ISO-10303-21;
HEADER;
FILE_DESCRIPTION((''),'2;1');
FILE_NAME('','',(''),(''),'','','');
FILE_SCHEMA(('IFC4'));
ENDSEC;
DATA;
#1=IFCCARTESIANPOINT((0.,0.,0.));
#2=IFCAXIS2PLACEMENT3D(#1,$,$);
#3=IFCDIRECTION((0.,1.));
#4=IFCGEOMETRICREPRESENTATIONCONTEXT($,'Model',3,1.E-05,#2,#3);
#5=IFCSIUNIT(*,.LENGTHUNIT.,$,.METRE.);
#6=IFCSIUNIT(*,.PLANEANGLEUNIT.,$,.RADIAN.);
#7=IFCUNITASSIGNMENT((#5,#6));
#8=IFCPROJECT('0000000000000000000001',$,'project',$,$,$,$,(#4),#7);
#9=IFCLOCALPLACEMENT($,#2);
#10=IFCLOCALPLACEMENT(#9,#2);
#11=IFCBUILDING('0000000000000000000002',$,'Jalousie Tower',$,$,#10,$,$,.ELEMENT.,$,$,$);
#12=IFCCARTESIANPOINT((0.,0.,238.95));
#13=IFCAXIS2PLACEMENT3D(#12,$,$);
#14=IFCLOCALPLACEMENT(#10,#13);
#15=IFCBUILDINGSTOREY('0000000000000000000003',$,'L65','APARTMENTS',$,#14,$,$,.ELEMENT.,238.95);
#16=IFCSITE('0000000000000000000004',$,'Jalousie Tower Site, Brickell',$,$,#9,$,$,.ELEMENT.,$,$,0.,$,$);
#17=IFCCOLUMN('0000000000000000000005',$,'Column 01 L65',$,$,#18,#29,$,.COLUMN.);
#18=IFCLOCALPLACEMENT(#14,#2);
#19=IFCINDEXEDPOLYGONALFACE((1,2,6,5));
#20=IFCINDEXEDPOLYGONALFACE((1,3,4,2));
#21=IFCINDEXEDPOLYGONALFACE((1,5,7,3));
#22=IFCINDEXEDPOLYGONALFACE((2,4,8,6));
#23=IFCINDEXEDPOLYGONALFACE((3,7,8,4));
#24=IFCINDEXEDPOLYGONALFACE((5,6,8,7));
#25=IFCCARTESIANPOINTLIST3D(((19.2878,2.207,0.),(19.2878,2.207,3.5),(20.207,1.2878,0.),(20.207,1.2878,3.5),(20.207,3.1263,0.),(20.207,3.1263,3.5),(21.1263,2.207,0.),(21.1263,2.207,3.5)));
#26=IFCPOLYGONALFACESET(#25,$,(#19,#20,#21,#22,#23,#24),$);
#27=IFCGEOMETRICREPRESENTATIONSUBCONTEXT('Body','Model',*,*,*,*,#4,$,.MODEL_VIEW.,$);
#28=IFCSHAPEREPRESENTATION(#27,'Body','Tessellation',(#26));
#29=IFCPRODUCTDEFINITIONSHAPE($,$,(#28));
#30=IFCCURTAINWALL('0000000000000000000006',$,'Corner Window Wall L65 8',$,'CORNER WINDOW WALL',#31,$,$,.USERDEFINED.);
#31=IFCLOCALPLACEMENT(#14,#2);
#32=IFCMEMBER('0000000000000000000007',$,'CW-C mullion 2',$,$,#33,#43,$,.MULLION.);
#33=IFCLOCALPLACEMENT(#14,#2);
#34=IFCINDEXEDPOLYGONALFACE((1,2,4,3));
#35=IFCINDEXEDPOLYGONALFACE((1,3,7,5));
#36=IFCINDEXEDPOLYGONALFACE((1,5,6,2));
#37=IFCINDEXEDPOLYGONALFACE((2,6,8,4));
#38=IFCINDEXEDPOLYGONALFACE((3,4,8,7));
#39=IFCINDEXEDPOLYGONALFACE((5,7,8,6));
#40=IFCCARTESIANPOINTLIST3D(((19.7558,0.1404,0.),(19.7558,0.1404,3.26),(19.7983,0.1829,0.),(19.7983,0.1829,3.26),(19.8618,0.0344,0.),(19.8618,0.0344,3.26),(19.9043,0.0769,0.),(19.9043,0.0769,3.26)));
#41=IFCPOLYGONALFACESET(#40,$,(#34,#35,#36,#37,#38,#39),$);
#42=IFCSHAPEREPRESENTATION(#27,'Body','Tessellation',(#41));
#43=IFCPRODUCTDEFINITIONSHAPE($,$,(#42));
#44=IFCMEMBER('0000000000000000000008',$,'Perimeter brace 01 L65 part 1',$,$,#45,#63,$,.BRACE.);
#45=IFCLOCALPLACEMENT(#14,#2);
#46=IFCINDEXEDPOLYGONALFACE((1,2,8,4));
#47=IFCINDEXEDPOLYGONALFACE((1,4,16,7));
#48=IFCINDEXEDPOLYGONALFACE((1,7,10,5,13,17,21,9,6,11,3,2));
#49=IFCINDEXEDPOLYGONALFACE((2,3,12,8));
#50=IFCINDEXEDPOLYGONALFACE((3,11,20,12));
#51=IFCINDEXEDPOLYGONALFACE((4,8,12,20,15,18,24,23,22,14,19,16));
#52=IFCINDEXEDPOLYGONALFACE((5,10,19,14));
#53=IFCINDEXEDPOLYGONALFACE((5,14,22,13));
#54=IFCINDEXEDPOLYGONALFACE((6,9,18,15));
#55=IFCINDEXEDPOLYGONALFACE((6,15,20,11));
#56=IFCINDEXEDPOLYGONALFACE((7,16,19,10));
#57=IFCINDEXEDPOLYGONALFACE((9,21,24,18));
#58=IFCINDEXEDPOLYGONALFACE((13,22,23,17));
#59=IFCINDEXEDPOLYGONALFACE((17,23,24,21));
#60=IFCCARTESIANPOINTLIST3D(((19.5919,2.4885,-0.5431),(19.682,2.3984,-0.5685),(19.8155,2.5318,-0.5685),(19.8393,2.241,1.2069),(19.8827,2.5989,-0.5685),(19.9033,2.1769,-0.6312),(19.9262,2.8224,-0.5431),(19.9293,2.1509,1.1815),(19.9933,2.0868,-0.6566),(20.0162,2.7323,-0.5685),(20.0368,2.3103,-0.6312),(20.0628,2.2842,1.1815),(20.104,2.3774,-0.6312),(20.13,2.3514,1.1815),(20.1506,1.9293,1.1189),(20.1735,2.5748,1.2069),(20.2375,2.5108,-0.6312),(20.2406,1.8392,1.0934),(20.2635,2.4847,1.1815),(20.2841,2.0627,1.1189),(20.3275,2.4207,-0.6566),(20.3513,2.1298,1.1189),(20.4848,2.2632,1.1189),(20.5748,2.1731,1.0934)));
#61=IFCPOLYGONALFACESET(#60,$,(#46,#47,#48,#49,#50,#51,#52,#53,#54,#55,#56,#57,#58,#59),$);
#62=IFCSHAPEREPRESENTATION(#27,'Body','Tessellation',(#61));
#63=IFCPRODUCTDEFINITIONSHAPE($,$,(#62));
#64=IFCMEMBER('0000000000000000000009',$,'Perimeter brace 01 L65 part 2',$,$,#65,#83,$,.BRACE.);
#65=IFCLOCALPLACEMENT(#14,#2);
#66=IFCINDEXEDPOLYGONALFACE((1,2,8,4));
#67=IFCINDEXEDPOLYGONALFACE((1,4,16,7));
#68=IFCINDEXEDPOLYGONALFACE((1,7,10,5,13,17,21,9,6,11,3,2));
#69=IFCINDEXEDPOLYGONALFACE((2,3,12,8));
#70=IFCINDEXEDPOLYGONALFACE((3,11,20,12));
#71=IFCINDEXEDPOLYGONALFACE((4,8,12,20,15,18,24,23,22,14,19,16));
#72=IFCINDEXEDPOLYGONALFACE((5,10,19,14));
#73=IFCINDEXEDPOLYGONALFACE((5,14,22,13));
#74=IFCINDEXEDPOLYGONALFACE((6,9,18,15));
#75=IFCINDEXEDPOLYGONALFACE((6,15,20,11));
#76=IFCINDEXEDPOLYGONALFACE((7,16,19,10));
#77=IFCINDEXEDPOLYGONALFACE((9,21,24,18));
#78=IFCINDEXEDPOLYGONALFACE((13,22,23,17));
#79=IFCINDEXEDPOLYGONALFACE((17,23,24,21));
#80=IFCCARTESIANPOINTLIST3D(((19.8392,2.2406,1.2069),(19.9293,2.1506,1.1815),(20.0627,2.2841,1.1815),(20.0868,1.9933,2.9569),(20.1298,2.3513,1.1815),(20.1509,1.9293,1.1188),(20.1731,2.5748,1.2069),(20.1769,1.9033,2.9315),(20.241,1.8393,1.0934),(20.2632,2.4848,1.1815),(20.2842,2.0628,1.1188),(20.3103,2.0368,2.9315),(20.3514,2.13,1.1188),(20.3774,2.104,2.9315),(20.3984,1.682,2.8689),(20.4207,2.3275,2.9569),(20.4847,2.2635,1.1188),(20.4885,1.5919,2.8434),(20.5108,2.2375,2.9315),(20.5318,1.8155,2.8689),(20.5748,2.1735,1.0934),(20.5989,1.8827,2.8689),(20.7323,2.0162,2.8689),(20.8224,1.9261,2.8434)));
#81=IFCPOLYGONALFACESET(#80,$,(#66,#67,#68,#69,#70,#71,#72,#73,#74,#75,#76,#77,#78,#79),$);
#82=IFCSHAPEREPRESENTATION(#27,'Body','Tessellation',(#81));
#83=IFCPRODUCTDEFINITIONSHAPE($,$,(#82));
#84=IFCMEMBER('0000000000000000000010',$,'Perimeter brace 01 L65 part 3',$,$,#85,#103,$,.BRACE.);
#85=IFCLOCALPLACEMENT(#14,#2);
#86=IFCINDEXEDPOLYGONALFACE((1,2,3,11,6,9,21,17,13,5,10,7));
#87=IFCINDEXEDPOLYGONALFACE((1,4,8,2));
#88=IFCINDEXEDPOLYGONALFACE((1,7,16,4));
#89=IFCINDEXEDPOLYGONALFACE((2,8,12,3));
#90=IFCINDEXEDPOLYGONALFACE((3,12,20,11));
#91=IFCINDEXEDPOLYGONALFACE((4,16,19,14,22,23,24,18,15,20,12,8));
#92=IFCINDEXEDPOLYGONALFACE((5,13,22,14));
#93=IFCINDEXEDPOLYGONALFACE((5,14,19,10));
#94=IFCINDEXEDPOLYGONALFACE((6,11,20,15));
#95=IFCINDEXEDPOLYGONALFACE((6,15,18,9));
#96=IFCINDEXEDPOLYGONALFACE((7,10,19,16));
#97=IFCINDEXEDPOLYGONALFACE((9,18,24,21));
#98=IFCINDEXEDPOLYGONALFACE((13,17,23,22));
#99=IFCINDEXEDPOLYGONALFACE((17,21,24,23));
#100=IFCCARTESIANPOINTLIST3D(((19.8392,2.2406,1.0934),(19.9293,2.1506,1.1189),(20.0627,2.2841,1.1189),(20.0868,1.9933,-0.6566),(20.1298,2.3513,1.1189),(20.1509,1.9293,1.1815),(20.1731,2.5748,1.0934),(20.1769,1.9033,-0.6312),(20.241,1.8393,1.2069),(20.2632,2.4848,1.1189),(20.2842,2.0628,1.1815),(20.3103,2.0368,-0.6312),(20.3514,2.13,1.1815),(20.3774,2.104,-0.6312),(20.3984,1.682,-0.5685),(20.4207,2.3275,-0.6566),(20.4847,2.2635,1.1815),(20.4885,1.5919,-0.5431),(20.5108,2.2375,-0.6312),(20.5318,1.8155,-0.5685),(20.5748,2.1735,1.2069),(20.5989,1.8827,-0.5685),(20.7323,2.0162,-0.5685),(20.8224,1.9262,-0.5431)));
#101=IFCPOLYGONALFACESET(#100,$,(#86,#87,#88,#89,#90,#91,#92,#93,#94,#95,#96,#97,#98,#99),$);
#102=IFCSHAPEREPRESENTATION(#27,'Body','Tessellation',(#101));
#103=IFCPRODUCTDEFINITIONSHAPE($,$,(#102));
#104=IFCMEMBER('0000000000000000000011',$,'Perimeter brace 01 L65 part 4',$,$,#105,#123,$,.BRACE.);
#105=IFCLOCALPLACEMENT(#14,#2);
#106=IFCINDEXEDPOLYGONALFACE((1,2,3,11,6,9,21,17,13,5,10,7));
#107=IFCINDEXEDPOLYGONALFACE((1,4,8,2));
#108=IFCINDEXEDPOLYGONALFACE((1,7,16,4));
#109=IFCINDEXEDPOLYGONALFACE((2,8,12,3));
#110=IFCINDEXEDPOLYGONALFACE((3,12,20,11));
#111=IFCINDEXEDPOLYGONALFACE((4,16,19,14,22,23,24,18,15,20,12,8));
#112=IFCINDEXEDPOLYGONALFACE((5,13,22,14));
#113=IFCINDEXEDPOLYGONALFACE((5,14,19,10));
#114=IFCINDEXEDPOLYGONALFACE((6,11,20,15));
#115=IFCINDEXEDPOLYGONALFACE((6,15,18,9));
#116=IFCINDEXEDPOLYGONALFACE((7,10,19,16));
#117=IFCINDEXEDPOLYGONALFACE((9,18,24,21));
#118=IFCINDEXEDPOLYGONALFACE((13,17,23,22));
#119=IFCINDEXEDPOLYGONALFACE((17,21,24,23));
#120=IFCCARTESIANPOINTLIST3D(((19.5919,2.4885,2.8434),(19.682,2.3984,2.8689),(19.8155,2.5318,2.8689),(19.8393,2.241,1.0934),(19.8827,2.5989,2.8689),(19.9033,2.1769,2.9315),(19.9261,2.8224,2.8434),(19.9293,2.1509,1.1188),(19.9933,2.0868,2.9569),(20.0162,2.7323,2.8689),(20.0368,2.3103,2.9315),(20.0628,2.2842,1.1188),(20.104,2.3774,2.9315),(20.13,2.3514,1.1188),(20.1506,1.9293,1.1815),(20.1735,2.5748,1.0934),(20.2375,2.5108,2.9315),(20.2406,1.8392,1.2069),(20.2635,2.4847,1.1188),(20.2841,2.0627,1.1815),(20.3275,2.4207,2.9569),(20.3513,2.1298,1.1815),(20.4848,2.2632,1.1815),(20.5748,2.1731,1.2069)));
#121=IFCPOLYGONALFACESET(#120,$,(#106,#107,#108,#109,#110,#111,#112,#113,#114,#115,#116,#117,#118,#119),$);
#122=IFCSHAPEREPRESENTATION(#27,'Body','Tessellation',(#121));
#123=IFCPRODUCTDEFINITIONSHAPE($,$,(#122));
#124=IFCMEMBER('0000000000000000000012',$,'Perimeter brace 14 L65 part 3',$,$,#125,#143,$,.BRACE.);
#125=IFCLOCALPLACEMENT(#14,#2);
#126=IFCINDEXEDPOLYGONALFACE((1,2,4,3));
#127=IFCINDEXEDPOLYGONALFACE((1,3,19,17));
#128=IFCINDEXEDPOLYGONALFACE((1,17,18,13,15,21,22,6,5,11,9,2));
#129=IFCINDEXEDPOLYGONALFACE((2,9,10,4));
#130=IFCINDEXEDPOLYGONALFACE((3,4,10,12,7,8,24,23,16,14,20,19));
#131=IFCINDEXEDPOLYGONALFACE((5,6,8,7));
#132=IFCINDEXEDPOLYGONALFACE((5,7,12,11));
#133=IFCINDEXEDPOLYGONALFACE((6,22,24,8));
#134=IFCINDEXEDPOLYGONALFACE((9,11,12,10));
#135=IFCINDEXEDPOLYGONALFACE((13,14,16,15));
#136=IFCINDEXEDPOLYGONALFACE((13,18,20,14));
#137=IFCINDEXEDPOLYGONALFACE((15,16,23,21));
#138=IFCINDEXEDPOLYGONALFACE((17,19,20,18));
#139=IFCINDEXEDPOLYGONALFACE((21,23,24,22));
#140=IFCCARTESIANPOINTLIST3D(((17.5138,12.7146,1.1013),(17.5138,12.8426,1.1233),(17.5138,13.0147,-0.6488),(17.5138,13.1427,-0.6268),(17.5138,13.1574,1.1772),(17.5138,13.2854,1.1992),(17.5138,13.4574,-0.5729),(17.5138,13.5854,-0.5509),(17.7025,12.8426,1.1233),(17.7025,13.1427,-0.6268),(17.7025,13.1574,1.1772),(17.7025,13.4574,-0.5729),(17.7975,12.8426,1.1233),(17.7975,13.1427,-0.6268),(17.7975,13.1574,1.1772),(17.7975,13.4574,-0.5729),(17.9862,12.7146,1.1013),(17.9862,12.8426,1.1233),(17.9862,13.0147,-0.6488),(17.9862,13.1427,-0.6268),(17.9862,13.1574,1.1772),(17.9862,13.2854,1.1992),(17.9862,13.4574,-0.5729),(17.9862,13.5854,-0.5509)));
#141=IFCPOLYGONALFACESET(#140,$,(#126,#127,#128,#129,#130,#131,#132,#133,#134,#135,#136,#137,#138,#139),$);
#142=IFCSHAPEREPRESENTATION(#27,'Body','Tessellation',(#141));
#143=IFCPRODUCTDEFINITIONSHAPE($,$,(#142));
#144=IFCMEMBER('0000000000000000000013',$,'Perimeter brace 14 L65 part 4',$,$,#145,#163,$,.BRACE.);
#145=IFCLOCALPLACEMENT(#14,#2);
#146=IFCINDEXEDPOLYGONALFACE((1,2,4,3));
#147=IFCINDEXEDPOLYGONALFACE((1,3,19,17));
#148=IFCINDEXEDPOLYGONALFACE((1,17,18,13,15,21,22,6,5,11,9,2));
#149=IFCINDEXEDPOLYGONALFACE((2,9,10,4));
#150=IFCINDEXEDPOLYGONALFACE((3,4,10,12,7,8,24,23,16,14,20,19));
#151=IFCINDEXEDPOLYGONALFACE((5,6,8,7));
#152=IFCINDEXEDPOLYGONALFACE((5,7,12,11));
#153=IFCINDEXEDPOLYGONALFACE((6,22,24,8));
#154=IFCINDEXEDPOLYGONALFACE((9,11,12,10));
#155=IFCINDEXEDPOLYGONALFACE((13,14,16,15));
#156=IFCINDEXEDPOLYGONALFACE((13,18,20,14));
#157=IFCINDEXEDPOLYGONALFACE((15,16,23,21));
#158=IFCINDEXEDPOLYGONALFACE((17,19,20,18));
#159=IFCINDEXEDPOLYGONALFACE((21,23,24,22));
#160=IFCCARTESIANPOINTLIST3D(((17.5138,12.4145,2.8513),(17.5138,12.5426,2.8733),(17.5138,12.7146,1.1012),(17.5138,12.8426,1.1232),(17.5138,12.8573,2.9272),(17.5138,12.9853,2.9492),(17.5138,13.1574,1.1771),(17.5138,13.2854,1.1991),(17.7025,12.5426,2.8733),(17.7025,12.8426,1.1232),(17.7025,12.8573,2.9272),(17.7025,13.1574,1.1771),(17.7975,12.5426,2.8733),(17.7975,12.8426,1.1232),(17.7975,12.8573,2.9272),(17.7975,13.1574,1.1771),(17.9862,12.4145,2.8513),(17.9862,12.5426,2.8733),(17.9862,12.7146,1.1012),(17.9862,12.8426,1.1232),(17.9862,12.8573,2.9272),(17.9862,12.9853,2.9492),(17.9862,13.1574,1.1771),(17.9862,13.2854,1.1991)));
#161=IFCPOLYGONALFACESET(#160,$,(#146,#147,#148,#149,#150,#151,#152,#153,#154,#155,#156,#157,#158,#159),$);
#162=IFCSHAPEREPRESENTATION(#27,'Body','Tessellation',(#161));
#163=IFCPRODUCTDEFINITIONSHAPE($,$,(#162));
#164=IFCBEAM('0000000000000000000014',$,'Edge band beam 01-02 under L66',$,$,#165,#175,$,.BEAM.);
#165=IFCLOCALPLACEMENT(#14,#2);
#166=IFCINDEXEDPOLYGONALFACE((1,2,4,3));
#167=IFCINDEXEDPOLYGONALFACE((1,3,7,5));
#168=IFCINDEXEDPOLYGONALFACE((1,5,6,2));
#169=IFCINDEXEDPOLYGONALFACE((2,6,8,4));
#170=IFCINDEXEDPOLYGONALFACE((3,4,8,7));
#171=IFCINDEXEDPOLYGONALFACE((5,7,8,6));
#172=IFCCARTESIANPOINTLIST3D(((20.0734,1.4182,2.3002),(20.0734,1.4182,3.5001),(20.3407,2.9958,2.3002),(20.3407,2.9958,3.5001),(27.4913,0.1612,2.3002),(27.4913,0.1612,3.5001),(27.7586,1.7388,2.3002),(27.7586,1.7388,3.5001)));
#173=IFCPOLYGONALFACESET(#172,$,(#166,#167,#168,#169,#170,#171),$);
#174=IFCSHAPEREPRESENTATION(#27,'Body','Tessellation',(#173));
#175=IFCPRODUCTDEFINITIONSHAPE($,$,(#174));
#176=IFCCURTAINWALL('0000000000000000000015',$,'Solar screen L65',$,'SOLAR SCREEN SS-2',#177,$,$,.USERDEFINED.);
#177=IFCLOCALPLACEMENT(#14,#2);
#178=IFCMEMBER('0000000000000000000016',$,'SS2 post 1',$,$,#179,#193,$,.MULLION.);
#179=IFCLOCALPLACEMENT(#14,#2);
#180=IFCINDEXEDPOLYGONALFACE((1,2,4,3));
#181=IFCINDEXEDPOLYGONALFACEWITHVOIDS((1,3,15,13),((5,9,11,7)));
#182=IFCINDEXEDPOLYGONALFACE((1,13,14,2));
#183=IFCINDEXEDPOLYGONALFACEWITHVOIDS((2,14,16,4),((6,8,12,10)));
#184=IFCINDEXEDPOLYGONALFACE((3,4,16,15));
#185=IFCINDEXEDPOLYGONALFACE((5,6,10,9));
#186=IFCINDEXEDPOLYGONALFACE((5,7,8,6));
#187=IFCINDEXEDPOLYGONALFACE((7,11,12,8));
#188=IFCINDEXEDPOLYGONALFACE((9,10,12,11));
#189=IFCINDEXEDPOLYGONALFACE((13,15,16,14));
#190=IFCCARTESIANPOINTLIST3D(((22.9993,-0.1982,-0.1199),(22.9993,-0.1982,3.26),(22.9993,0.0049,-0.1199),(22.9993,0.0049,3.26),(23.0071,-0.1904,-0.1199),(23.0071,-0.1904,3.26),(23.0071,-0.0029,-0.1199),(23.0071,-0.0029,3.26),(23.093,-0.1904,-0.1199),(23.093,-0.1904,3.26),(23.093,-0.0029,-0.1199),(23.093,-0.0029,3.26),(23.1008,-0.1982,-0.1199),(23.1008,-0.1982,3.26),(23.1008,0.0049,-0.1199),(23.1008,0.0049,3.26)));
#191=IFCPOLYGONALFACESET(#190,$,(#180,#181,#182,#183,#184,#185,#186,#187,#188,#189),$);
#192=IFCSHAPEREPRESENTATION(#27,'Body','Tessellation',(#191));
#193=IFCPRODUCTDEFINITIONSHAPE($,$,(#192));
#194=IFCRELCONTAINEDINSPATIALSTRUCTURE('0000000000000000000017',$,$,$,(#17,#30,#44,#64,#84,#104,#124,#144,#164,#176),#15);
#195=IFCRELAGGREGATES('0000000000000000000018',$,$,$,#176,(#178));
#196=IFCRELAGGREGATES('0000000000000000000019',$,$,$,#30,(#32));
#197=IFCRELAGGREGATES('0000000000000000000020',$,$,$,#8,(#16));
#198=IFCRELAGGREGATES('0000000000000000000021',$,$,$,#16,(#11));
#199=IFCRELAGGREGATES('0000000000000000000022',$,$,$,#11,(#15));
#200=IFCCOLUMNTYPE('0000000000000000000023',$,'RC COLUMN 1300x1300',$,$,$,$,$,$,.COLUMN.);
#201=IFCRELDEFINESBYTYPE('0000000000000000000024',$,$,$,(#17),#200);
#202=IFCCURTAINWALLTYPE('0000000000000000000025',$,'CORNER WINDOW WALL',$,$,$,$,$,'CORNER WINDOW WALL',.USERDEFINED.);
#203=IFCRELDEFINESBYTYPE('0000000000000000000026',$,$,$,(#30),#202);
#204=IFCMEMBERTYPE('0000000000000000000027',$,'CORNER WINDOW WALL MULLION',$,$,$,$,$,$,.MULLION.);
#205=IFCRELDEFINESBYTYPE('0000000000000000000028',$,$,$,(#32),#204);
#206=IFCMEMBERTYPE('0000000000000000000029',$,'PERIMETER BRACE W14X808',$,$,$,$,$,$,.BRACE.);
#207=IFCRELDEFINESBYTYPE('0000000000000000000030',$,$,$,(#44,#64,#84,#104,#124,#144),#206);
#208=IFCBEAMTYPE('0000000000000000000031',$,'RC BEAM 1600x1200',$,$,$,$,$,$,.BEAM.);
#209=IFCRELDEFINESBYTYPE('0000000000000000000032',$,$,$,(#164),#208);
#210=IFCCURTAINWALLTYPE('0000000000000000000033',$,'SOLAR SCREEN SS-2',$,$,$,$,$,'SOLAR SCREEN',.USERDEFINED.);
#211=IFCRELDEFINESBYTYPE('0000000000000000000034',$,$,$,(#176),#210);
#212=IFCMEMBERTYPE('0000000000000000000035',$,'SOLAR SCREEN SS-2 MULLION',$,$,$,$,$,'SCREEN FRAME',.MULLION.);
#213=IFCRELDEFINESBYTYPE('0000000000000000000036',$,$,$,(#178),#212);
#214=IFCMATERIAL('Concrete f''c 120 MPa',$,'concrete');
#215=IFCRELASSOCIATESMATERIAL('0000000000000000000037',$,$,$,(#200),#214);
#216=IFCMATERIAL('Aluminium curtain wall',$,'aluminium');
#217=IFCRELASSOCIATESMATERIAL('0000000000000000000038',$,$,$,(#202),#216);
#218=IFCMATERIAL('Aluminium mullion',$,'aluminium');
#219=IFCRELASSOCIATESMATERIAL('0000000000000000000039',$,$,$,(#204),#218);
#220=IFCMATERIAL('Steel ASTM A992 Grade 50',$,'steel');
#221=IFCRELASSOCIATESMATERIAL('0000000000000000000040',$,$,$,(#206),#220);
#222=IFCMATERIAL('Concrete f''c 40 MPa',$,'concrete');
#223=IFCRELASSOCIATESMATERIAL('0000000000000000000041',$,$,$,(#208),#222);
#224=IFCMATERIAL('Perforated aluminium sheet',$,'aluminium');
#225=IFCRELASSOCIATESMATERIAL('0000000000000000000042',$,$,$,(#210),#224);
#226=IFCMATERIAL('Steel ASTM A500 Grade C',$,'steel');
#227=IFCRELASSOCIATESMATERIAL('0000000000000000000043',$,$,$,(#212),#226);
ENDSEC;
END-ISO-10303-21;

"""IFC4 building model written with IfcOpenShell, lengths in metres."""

from ifc_helpers import new_model, si_unit, direction, frame, origin, origin_2d, place, context, subcontext, project, spatial, rectangle, hollow_rectangle, i_section, extrude, material, material_profile, profile_set, type_object, element, aggregate, save


model = new_model("IFC4")

# Units and contexts
model_context = context("Model", 3, precision=1e-05, world=origin(), true_north=direction((0.0, 1.0)))
body_context = subcontext(model_context, "Body", "Model", "MODEL_VIEW")
ifc_project = project(units=[si_unit("LENGTHUNIT", "METRE"), si_unit("PLANEANGLEUNIT", "RADIAN")], contexts=[model_context])

# Site, building, storey
site_placement = place(None, origin())
site = spatial("IfcSite", under=ifc_project, at=site_placement, Name="Jalousie Tower Site, Brickell", CompositionType="ELEMENT", RefElevation=0.0)
building_placement = place(site_placement, origin())
building = spatial("IfcBuilding", under=site, at=building_placement, Name="Jalousie Tower", CompositionType="ELEMENT")
storey_placement = place(building_placement, frame((0.0, 0.0, 238.95)))
storey = spatial("IfcBuildingStorey", under=building, at=storey_placement, Name="L65", Description="APARTMENTS", CompositionType="ELEMENT", Elevation=238.95)

# Column
ifc_material_1 = material(Name="Concrete f'c 120 MPa", Category="concrete")
ifc_material_profile_1 = material_profile(ifc_material_1, rectangle(XDim=1.3, YDim=1.3, at=origin_2d()), Name="RC 1300x1300")
ifc_profile_set_1 = profile_set([ifc_material_profile_1], Name="Concrete f'c 120 MPa")
column_type = type_object("IfcColumnType", Name="RC COLUMN 1300x1300", PredefinedType="COLUMN", material=ifc_profile_set_1)
column_placement = place(storey_placement, frame((20.207, 2.207, 0.0), z_axis=(0.0, 0.0, 1.0), x_axis=(0.707107, 0.707107, 0.0)))
element("IfcColumn", 1, at=column_placement, inside=storey, type_object=column_type, Name="Column 01 L65", PredefinedType="COLUMN", context=body_context, shape_type="SweptSolid", body=[
    extrude(rectangle(XDim=1.3, YDim=1.3, at=origin_2d()), origin(), (0.0, 0.0, 1.0), 3.5),
])

# Curtain wall, member
ifc_material_2 = material(Name="Aluminium curtain wall", Category="aluminium")
curtain_wall_type_1 = type_object("IfcCurtainWallType", Name="CORNER WINDOW WALL", ElementType="CORNER WINDOW WALL", PredefinedType="USERDEFINED", material=ifc_material_2)
curtain_wall_1_placement = place(storey_placement, origin())
curtain_wall_1 = element("IfcCurtainWall", 2, at=curtain_wall_1_placement, inside=storey, type_object=curtain_wall_type_1, Name="Corner Window Wall L65 8", ObjectType="CORNER WINDOW WALL", PredefinedType="USERDEFINED")
ifc_material_3 = material(Name="Aluminium mullion", Category="aluminium")
ifc_material_profile_2 = material_profile(ifc_material_3, rectangle(XDim=0.0601, YDim=0.1499, at=origin_2d()), Name="MULLION 60x150")
ifc_profile_set_2 = profile_set([ifc_material_profile_2], Name="Aluminium mullion")
member_type_1 = type_object("IfcMemberType", Name="CORNER WINDOW WALL MULLION", PredefinedType="MULLION", material=ifc_profile_set_2)
member_1_placement = place(storey_placement, frame((19.8301, 0.1086, 0.0), z_axis=(0.0, 0.0, 1.0), x_axis=(0.707107, 0.707107, 0.0)))
member_1 = element("IfcMember", 3, at=member_1_placement, type_object=member_type_1, Name="CW-C mullion 2", PredefinedType="MULLION", context=body_context, shape_type="SweptSolid", body=[
    extrude(rectangle(XDim=0.0601, YDim=0.1499, at=origin_2d()), origin(), (0.0, 0.0, 1.0), 3.26),
])

# Members
ifc_material_4 = material(Name="Steel ASTM A992 Grade 50", Category="steel")
ifc_material_profile_3 = material_profile(ifc_material_4, i_section(OverallWidth=0.4724, OverallDepth=0.5791, WebThickness=0.095, FlangeThickness=0.1299, at=origin_2d()), Name="W14X808")
ifc_profile_set_3 = profile_set([ifc_material_profile_3], Name="Steel ASTM A992 Grade 50")
member_type_2 = type_object("IfcMemberType", Name="PERIMETER BRACE W14X808", PredefinedType="BRACE", material=ifc_profile_set_3)
for number, where, z_axis, x_axis, name in (
    (4, (19.9597, 2.4546, -0.5999), (0.138579, -0.138716, 0.980588), (0.707456, 0.706758, 0.0), "Perimeter brace 01 L65 part 1"),
    (5, (20.207, 2.207, 1.1501), (0.138716, -0.138579, 0.980588), (0.706758, 0.707456, 0.0), "Perimeter brace 01 L65 part 2"),
    (6, (20.4546, 1.9597, -0.5999), (-0.138716, 0.138579, 0.980588), (-0.706758, -0.707456, 0.0), "Perimeter brace 01 L65 part 3"),
    (7, (20.207, 2.207, 1.1501), (-0.138579, 0.138716, 0.980588), (-0.707456, -0.706758, 0.0), "Perimeter brace 01 L65 part 4"),
):
    element("IfcMember", number, at=place(storey_placement, frame(where, z_axis=z_axis, x_axis=x_axis)), inside=storey, type_object=member_type_2, Name=name, PredefinedType="BRACE", context=body_context, shape_type="SweptSolid", body=[
        extrude(i_section(OverallWidth=0.4724, OverallDepth=0.5791, WebThickness=0.095, FlangeThickness=0.1299, at=origin_2d()), origin(), (0.0, 0.0, 1.0), 1.7847),
    ])
for number, where, z_axis, x_axis, name in (
    (8, (17.75, 13.3, -0.5999), (0.0, -0.168991, 0.985618), (1.0, 0.0, 0.0), "Perimeter brace 14 L65 part 3"),
    (9, (17.75, 13.0, 1.1501), (0.0, -0.168991, 0.985618), (1.0, 0.0, 0.0), "Perimeter brace 14 L65 part 4"),
):
    element("IfcMember", number, at=place(storey_placement, frame(where, z_axis=z_axis, x_axis=x_axis)), inside=storey, type_object=member_type_2, Name=name, PredefinedType="BRACE", context=body_context, shape_type="SweptSolid", body=[
        extrude(i_section(OverallWidth=0.4724, OverallDepth=0.5791, WebThickness=0.095, FlangeThickness=0.1299, at=origin_2d()), origin(), (0.0, 0.0, 1.0), 1.7756),
    ])

# Beam
ifc_material_5 = material(Name="Concrete f'c 40 MPa", Category="concrete")
ifc_material_profile_4 = material_profile(ifc_material_5, rectangle(XDim=1.6001, YDim=1.2, at=origin_2d()), Name="RC 1600x1200")
ifc_profile_set_4 = profile_set([ifc_material_profile_4], Name="Concrete f'c 40 MPa")
beam_type = type_object("IfcBeamType", Name="RC BEAM 1600x1200", PredefinedType="BEAM", material=ifc_profile_set_4)
beam_placement = place(storey_placement, frame((20.207, 2.207, 2.9001), z_axis=(0.985943, -0.167082, 0.0), x_axis=(0.167082, 0.985943, 0.0)))
element("IfcBeam", 10, at=beam_placement, inside=storey, type_object=beam_type, Name="Edge band beam 01-02 under L66", PredefinedType="BEAM", context=body_context, shape_type="SweptSolid", body=[
    extrude(rectangle(XDim=1.6001, YDim=1.2, at=origin_2d()), origin(), (0.0, 0.0, 1.0), 7.5237),
])

# Curtain wall, member
ifc_material_6 = material(Name="Perforated aluminium sheet", Category="aluminium")
curtain_wall_type_2 = type_object("IfcCurtainWallType", Name="SOLAR SCREEN SS-2", ElementType="SOLAR SCREEN", PredefinedType="USERDEFINED", material=ifc_material_6)
curtain_wall_2_placement = place(storey_placement, origin())
curtain_wall_2 = element("IfcCurtainWall", 11, at=curtain_wall_2_placement, inside=storey, type_object=curtain_wall_type_2, Name="Solar screen L65", ObjectType="SOLAR SCREEN SS-2", PredefinedType="USERDEFINED")
ifc_material_7 = material(Name="Steel ASTM A500 Grade C", Category="steel")
ifc_material_profile_5 = material_profile(ifc_material_7, hollow_rectangle(XDim=0.1016, YDim=0.2031, WallThickness=0.0078, at=origin_2d()), Name="HSS8X4X5/16")
ifc_profile_set_5 = profile_set([ifc_material_profile_5], Name="Steel ASTM A500 Grade C")
member_type_3 = type_object("IfcMemberType", Name="SOLAR SCREEN SS-2 MULLION", ElementType="SCREEN FRAME", PredefinedType="MULLION", material=ifc_profile_set_5)
member_2_placement = place(storey_placement, frame((23.05, -0.0967, -0.1199), z_axis=(0.0, 0.0, 1.0), x_axis=(1.0, 0.0, 0.0)))
member_2 = element("IfcMember", 12, at=member_2_placement, type_object=member_type_3, Name="SS2 post 1", PredefinedType="MULLION", context=body_context, shape_type="SweptSolid", body=[
    extrude(hollow_rectangle(XDim=0.1016, YDim=0.2031, WallThickness=0.0078, at=origin_2d()), origin(), (0.0, 0.0, 1.0), 3.3799),
])
aggregate(curtain_wall_2, [member_2])

aggregate(curtain_wall_1, [member_1])

save(model, "model.ifc")
